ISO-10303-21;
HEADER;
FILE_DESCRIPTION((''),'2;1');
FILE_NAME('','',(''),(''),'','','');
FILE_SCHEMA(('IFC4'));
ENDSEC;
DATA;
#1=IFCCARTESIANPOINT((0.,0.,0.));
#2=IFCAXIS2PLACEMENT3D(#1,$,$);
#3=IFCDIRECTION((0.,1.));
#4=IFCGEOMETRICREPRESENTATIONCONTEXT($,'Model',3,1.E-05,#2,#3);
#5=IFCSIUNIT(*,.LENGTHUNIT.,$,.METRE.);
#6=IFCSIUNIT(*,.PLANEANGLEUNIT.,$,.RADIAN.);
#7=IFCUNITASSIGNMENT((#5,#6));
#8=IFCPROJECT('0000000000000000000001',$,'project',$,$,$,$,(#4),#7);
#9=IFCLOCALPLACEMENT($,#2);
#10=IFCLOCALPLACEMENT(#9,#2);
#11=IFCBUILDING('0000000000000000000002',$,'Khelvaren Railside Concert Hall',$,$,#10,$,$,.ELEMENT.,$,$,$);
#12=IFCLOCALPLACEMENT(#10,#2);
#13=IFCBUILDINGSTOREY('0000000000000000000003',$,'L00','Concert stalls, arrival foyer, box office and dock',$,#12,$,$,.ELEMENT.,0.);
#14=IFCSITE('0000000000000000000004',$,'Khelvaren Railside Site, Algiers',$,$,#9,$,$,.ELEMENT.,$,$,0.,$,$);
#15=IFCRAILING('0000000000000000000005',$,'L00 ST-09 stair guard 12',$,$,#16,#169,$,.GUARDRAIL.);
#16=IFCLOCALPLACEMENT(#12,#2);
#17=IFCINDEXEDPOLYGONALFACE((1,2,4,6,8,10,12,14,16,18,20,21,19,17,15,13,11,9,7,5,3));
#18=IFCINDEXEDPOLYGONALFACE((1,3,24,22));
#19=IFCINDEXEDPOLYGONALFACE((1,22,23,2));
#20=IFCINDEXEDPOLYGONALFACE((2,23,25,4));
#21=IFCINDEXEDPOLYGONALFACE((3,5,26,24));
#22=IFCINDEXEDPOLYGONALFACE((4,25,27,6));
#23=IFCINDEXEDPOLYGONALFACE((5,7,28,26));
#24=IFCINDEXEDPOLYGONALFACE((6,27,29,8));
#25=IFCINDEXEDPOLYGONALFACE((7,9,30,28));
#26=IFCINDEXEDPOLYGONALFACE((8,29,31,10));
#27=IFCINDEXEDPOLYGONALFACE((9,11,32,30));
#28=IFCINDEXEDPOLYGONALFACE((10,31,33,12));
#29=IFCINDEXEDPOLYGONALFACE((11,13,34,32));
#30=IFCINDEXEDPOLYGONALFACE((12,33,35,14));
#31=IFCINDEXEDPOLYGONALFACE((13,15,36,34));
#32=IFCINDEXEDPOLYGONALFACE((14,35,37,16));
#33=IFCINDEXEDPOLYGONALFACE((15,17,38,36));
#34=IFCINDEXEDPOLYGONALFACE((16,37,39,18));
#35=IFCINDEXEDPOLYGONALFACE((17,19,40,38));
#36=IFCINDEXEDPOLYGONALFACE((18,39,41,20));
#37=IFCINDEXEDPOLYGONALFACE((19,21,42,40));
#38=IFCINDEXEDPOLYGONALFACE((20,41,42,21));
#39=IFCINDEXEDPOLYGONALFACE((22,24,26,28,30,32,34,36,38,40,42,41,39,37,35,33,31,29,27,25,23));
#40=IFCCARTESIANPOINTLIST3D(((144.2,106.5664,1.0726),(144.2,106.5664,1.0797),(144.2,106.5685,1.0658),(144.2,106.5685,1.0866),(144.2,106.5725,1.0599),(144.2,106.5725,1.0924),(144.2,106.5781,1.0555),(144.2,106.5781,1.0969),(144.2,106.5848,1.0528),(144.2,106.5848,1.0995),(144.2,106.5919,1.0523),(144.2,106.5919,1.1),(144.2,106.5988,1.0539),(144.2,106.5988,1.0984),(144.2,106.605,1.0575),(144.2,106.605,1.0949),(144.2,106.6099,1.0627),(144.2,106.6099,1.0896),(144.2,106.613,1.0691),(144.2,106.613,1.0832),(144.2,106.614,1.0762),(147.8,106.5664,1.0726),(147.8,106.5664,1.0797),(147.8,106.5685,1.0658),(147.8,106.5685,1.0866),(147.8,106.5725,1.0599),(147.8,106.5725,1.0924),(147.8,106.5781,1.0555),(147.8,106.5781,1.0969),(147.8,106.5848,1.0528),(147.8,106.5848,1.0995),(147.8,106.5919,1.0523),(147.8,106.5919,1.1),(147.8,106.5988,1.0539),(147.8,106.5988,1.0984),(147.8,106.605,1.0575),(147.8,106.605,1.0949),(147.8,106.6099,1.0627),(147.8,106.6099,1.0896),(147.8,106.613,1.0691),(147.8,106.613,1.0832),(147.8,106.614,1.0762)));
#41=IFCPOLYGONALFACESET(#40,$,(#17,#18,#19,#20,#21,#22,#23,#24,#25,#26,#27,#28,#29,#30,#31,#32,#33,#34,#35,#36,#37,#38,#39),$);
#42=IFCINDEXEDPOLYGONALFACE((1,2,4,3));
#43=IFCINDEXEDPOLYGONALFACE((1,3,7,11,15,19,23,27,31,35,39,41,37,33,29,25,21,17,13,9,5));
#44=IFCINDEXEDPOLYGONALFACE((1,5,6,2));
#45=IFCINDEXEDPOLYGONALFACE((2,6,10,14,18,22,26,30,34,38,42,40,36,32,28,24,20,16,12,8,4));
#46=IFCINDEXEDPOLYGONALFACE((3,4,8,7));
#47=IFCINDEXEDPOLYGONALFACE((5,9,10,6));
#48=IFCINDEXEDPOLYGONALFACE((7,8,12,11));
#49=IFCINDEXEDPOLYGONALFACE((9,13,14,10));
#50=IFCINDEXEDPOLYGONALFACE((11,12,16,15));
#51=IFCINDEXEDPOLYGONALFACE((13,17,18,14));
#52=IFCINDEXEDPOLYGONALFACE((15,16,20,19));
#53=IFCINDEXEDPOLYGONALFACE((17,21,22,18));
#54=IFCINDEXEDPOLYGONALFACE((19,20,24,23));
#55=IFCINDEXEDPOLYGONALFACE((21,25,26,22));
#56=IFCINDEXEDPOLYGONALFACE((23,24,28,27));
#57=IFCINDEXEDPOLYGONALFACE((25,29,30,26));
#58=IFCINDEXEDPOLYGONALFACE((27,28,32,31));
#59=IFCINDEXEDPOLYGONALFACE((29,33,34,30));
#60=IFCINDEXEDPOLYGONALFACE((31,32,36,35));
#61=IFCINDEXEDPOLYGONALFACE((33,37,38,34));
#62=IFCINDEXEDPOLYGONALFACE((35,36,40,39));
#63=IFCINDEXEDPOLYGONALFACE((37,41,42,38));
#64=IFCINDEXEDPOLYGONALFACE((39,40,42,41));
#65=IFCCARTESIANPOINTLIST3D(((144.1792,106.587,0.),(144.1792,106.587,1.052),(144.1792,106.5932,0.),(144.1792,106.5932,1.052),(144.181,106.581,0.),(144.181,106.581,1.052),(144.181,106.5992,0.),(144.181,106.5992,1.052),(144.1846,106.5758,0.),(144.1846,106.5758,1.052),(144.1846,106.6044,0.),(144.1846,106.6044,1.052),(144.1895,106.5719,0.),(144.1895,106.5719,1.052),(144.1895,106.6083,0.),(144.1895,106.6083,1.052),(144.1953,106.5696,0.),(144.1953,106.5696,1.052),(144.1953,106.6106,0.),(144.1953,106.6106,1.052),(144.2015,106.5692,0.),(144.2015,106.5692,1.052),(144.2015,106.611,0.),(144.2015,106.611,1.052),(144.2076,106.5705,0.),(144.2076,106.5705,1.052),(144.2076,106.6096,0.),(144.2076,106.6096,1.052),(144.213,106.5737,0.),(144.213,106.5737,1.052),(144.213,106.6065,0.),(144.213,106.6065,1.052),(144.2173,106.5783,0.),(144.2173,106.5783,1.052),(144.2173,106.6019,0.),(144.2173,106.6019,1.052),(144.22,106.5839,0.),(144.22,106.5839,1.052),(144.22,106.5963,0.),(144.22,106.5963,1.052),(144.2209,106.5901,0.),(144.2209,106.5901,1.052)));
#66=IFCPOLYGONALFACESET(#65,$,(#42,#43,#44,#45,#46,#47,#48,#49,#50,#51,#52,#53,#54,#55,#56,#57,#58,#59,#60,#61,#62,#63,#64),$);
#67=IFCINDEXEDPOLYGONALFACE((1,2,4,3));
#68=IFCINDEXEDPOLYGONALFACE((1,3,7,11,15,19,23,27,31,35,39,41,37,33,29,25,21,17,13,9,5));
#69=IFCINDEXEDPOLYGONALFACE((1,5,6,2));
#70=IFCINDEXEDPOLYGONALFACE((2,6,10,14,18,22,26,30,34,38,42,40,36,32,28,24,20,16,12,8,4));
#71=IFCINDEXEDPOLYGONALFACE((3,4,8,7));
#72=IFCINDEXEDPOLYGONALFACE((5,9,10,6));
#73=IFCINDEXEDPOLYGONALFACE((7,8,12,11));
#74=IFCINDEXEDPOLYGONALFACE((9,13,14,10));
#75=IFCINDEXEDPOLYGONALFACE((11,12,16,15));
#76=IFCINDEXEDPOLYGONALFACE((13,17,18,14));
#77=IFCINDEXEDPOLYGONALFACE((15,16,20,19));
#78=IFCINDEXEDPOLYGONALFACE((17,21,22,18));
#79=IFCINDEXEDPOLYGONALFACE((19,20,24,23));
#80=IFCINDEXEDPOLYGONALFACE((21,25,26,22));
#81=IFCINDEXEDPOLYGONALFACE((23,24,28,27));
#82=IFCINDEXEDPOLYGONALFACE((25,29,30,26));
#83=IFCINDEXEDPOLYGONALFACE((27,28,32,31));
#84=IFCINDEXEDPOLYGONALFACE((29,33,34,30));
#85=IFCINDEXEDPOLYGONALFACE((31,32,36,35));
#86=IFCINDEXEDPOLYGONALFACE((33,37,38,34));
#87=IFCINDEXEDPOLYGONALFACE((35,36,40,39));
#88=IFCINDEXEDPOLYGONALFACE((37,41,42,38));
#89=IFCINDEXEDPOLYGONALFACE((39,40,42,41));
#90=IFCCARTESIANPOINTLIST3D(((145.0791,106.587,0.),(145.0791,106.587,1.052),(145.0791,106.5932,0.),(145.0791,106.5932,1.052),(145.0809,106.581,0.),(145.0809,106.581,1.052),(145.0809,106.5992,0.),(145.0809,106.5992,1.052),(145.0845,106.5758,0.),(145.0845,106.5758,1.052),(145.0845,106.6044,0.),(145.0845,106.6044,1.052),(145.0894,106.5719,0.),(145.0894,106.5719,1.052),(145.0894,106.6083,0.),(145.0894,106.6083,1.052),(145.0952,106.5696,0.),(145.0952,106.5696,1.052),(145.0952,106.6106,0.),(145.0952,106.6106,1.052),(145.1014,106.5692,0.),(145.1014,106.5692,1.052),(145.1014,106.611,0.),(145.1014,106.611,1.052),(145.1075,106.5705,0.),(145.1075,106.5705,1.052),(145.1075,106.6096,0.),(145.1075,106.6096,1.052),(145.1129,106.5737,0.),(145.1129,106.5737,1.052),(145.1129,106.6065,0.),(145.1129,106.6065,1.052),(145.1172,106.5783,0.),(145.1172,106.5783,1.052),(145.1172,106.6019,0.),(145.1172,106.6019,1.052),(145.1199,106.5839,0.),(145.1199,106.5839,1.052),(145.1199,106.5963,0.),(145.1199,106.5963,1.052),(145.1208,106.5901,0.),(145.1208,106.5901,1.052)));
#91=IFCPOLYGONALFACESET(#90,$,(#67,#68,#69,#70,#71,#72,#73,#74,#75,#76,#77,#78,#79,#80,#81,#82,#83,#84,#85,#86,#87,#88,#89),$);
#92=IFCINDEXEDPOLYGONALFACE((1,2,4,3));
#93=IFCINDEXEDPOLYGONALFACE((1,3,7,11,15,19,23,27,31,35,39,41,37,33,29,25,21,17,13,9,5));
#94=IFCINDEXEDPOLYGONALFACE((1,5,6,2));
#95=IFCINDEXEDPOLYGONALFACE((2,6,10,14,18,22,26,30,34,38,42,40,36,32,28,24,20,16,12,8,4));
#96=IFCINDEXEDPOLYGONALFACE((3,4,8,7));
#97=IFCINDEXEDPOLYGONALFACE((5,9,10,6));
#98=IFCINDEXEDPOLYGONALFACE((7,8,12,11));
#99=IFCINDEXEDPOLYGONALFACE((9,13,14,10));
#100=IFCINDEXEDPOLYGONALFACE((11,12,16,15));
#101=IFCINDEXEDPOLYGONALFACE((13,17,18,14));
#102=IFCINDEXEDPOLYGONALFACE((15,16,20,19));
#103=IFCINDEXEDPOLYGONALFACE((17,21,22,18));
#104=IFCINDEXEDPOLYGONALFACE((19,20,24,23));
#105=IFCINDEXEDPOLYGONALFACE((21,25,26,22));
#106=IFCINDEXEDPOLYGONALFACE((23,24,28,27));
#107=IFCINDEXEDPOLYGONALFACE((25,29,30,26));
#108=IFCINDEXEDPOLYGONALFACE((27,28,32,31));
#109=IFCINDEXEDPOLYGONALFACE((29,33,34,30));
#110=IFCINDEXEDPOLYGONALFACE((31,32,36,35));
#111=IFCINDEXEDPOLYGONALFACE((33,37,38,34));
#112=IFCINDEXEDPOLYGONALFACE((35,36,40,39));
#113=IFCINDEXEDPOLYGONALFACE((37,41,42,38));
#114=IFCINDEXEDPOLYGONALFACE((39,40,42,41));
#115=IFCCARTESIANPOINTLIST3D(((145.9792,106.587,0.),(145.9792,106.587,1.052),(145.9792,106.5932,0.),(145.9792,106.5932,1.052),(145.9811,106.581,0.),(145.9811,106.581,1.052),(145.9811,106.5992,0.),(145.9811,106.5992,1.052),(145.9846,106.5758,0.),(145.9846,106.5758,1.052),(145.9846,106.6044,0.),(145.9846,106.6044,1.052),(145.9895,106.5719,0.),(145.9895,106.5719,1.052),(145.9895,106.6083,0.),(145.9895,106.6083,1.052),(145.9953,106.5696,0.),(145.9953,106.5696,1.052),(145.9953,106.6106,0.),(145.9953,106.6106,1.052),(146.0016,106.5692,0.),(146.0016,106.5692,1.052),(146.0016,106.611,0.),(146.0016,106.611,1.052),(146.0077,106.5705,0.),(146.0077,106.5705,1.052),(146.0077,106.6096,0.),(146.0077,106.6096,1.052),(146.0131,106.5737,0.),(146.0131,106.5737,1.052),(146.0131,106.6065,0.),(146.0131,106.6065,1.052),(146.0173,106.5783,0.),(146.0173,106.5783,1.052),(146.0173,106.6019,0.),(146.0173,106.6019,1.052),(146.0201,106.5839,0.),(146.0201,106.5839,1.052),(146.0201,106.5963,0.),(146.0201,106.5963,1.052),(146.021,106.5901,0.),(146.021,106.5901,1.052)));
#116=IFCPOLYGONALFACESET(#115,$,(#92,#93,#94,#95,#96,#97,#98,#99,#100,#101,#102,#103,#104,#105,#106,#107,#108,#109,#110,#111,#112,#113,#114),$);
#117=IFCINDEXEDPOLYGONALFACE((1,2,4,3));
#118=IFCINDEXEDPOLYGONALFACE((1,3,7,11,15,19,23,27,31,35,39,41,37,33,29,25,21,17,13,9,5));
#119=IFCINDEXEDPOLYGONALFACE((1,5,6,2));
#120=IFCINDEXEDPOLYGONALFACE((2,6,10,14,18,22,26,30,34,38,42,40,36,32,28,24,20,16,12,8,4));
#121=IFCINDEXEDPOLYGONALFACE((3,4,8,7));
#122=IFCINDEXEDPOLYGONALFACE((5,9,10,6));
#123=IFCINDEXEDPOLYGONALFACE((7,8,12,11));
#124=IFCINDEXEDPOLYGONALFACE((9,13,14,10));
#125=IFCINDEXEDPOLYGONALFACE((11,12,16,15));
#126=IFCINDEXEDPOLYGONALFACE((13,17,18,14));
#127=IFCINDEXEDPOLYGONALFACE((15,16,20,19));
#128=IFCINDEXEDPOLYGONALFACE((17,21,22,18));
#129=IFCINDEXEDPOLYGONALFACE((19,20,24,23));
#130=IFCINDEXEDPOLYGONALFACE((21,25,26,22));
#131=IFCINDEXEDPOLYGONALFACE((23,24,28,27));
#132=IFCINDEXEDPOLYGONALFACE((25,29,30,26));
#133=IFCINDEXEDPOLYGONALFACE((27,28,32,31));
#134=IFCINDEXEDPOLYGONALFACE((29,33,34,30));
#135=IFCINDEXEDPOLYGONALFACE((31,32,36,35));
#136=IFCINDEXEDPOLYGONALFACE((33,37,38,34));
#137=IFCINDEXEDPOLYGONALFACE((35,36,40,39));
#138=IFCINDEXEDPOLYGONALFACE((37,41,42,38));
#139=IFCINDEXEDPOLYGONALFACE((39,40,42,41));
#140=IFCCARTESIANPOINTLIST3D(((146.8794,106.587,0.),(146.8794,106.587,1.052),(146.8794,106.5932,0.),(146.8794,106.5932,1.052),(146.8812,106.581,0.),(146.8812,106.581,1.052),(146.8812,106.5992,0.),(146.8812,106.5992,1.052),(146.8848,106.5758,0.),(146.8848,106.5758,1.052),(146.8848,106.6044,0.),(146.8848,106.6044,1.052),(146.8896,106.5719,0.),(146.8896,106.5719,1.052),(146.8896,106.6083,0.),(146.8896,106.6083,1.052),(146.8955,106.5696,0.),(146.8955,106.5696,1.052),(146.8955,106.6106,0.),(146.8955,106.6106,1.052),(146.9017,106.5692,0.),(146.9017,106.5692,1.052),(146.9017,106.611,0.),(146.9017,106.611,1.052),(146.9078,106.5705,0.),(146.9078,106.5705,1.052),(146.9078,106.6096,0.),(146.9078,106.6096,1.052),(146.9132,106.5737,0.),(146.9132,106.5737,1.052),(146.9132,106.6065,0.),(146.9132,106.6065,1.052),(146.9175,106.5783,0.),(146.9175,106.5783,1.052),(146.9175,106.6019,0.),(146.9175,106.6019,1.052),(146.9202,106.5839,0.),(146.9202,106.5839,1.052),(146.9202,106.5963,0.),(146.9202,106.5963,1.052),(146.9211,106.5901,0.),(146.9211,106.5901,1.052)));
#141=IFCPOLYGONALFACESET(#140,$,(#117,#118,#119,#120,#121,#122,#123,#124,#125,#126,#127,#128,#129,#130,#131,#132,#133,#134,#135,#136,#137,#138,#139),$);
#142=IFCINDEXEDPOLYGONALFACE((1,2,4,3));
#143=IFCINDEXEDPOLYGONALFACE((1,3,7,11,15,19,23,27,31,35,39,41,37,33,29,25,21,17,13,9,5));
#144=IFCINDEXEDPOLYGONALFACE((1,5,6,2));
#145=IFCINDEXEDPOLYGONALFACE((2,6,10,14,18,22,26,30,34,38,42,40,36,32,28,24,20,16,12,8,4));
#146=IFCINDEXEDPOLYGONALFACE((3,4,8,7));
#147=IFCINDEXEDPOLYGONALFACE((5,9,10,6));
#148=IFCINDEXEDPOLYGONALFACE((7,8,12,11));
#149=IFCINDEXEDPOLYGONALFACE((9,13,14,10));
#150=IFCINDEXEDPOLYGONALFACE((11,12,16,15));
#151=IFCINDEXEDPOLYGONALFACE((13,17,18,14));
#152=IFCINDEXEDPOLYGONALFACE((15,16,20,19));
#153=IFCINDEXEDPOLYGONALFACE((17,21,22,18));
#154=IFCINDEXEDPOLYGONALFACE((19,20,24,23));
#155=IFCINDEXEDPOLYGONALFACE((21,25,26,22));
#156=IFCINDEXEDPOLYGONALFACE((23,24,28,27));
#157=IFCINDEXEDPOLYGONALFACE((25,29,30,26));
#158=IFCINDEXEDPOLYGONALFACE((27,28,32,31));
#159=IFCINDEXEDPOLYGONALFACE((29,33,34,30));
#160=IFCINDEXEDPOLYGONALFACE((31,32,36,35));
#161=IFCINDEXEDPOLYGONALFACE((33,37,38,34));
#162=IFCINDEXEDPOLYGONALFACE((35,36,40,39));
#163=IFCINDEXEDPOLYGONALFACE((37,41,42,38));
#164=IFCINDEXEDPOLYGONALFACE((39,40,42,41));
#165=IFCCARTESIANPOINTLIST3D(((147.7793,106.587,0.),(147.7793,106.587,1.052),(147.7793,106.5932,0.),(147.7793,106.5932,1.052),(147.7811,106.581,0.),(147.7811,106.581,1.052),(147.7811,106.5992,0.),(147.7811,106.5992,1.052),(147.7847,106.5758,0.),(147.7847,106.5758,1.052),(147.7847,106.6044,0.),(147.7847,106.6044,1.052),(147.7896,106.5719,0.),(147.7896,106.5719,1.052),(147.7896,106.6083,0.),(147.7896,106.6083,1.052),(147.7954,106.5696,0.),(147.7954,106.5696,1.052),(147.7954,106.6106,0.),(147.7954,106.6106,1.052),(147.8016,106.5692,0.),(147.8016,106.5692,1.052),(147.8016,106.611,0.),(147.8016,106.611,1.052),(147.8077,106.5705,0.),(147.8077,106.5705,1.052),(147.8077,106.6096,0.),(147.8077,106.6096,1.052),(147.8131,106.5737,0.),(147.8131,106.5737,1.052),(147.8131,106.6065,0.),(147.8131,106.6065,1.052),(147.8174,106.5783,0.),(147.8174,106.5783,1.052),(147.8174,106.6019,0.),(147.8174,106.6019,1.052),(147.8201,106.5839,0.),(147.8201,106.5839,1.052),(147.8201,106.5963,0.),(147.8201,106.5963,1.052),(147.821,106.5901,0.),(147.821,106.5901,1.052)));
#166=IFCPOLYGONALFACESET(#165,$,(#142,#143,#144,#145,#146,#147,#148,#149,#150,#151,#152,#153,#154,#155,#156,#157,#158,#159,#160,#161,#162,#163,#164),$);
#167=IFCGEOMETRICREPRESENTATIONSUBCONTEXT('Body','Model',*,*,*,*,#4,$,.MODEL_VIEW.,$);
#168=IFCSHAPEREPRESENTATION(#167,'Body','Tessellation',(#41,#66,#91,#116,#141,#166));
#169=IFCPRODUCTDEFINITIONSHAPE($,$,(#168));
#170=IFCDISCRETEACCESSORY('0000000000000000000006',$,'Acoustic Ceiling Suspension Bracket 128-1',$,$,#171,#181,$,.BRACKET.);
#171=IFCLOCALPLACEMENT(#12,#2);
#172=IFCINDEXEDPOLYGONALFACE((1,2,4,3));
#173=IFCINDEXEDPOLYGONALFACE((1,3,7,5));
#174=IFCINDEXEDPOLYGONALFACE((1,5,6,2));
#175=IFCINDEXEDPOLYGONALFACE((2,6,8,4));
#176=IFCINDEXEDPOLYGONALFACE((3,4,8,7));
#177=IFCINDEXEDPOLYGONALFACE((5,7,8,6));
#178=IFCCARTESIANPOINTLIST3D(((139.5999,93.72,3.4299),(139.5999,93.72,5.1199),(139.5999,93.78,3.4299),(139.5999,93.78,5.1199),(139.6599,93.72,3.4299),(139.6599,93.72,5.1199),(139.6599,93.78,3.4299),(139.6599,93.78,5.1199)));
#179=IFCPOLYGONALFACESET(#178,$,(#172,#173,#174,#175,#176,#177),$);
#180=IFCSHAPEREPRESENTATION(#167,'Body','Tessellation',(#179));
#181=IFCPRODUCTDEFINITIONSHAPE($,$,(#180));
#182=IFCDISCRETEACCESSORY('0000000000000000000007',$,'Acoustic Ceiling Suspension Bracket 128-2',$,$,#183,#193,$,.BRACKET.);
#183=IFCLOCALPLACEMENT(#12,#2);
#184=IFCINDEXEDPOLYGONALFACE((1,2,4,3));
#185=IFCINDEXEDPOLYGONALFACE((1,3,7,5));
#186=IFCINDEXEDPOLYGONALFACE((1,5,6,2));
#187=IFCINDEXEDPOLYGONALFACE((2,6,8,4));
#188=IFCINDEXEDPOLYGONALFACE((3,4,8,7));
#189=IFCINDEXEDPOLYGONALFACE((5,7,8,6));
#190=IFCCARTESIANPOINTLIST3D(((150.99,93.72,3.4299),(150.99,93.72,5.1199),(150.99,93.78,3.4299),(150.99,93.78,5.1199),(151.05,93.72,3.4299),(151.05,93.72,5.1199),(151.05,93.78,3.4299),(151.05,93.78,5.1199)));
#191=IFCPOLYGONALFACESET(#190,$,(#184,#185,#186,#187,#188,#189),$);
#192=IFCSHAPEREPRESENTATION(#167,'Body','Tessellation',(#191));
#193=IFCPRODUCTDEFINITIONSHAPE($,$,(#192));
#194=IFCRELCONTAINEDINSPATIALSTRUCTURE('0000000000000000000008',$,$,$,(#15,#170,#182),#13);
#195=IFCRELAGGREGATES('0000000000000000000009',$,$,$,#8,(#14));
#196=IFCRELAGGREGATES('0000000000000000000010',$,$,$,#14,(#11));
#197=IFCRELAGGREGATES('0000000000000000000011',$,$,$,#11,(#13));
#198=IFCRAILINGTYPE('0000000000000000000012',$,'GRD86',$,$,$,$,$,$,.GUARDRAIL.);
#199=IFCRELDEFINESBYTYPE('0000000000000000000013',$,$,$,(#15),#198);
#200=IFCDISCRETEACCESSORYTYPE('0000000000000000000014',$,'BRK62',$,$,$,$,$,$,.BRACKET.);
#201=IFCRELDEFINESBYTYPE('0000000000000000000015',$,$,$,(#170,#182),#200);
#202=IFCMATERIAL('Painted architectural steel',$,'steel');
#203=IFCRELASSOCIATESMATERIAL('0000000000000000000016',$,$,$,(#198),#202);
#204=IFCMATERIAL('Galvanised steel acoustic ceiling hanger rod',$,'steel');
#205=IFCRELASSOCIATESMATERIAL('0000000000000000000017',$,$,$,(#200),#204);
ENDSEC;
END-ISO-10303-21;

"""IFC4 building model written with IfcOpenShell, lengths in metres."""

from ifc_helpers import new_model, si_unit, direction, frame, origin, origin_2d, place, context, subcontext, project, spatial, rectangle, circle, extrude, material, type_object, element, save


model = new_model("IFC4")

# Units and contexts
model_context = context("Model", 3, precision=1e-05, world=origin(), true_north=direction((0.0, 1.0)))
body_context = subcontext(model_context, "Body", "Model", "MODEL_VIEW")
ifc_project = project(units=[si_unit("LENGTHUNIT", "METRE"), si_unit("PLANEANGLEUNIT", "RADIAN")], contexts=[model_context])

# Site, building, storey
site_placement = place(None, origin())
site = spatial("IfcSite", under=ifc_project, at=site_placement, Name="Khelvaren Railside Site, Algiers", CompositionType="ELEMENT", RefElevation=0.0)
building_placement = place(site_placement, origin())
building = spatial("IfcBuilding", under=site, at=building_placement, Name="Khelvaren Railside Concert Hall", CompositionType="ELEMENT")
storey_placement = place(building_placement, origin())
storey = spatial("IfcBuildingStorey", under=building, at=storey_placement, Name="L00", Description="Concert stalls, arrival foyer, box office and dock", CompositionType="ELEMENT", Elevation=0.0)

# Railing
ifc_material_1 = material(Name="Painted architectural steel", Category="steel")
railing_type = type_object("IfcRailingType", Name="GRD86", PredefinedType="GUARDRAIL", material=ifc_material_1)
railing_placement = place(storey_placement, frame((144.2, 106.5901, 0.0)))
element("IfcRailing", 1, at=railing_placement, inside=storey, type_object=railing_type, Name="L00 ST-09 stair guard 12", PredefinedType="GUARDRAIL", context=body_context, shape_type="SweptSolid", body=[
    extrude(circle(Radius=0.0239, at=origin_2d()), frame((0.0, 0.0, 1.0762), z_axis=(1.0, 0.0, 0.0), x_axis=(0.0, 1.0, 0.0)), (0.0, 0.0, 1.0), 3.6001),
    extrude(circle(Radius=0.021, at=origin_2d()), origin(), (0.0, 0.0, 1.0), 1.052),
    extrude(circle(Radius=0.021, at=origin_2d()), frame((0.8999, 0.0, 0.0)), (0.0, 0.0, 1.0), 1.052),
    extrude(circle(Radius=0.021, at=origin_2d()), frame((1.8, 0.0, 0.0)), (0.0, 0.0, 1.0), 1.052),
    extrude(circle(Radius=0.021, at=origin_2d()), frame((2.7002, 0.0, 0.0)), (0.0, 0.0, 1.0), 1.052),
    extrude(circle(Radius=0.021, at=origin_2d()), frame((3.6001, 0.0, 0.0)), (0.0, 0.0, 1.0), 1.052),
])

# Discrete accessories
ifc_material_2 = material(Name="Galvanised steel acoustic ceiling hanger rod", Category="steel")
discrete_accessory_type = type_object("IfcDiscreteAccessoryType", Name="BRK62", PredefinedType="BRACKET", material=ifc_material_2)
for number, where, z_axis, x_axis, name in (
    (2, (139.6299, 93.75, 3.4299), (0.0, 0.0, 1.0), (1.0, 0.0, 0.0), "Acoustic Ceiling Suspension Bracket 128-1"),
    (3, (151.02, 93.75, 3.4299), (0.0, 0.0, 1.0), (1.0, 0.0, 0.0), "Acoustic Ceiling Suspension Bracket 128-2"),
):
    element("IfcDiscreteAccessory", number, at=place(storey_placement, frame(where, z_axis=z_axis, x_axis=x_axis)), inside=storey, type_object=discrete_accessory_type, Name=name, PredefinedType="BRACKET", context=body_context, shape_type="SweptSolid", body=[
        extrude(rectangle(XDim=0.0601, YDim=0.0601, at=origin_2d()), origin(), (0.0, 0.0, 1.0), 1.6899),
    ])

save(model, "model.ifc")
